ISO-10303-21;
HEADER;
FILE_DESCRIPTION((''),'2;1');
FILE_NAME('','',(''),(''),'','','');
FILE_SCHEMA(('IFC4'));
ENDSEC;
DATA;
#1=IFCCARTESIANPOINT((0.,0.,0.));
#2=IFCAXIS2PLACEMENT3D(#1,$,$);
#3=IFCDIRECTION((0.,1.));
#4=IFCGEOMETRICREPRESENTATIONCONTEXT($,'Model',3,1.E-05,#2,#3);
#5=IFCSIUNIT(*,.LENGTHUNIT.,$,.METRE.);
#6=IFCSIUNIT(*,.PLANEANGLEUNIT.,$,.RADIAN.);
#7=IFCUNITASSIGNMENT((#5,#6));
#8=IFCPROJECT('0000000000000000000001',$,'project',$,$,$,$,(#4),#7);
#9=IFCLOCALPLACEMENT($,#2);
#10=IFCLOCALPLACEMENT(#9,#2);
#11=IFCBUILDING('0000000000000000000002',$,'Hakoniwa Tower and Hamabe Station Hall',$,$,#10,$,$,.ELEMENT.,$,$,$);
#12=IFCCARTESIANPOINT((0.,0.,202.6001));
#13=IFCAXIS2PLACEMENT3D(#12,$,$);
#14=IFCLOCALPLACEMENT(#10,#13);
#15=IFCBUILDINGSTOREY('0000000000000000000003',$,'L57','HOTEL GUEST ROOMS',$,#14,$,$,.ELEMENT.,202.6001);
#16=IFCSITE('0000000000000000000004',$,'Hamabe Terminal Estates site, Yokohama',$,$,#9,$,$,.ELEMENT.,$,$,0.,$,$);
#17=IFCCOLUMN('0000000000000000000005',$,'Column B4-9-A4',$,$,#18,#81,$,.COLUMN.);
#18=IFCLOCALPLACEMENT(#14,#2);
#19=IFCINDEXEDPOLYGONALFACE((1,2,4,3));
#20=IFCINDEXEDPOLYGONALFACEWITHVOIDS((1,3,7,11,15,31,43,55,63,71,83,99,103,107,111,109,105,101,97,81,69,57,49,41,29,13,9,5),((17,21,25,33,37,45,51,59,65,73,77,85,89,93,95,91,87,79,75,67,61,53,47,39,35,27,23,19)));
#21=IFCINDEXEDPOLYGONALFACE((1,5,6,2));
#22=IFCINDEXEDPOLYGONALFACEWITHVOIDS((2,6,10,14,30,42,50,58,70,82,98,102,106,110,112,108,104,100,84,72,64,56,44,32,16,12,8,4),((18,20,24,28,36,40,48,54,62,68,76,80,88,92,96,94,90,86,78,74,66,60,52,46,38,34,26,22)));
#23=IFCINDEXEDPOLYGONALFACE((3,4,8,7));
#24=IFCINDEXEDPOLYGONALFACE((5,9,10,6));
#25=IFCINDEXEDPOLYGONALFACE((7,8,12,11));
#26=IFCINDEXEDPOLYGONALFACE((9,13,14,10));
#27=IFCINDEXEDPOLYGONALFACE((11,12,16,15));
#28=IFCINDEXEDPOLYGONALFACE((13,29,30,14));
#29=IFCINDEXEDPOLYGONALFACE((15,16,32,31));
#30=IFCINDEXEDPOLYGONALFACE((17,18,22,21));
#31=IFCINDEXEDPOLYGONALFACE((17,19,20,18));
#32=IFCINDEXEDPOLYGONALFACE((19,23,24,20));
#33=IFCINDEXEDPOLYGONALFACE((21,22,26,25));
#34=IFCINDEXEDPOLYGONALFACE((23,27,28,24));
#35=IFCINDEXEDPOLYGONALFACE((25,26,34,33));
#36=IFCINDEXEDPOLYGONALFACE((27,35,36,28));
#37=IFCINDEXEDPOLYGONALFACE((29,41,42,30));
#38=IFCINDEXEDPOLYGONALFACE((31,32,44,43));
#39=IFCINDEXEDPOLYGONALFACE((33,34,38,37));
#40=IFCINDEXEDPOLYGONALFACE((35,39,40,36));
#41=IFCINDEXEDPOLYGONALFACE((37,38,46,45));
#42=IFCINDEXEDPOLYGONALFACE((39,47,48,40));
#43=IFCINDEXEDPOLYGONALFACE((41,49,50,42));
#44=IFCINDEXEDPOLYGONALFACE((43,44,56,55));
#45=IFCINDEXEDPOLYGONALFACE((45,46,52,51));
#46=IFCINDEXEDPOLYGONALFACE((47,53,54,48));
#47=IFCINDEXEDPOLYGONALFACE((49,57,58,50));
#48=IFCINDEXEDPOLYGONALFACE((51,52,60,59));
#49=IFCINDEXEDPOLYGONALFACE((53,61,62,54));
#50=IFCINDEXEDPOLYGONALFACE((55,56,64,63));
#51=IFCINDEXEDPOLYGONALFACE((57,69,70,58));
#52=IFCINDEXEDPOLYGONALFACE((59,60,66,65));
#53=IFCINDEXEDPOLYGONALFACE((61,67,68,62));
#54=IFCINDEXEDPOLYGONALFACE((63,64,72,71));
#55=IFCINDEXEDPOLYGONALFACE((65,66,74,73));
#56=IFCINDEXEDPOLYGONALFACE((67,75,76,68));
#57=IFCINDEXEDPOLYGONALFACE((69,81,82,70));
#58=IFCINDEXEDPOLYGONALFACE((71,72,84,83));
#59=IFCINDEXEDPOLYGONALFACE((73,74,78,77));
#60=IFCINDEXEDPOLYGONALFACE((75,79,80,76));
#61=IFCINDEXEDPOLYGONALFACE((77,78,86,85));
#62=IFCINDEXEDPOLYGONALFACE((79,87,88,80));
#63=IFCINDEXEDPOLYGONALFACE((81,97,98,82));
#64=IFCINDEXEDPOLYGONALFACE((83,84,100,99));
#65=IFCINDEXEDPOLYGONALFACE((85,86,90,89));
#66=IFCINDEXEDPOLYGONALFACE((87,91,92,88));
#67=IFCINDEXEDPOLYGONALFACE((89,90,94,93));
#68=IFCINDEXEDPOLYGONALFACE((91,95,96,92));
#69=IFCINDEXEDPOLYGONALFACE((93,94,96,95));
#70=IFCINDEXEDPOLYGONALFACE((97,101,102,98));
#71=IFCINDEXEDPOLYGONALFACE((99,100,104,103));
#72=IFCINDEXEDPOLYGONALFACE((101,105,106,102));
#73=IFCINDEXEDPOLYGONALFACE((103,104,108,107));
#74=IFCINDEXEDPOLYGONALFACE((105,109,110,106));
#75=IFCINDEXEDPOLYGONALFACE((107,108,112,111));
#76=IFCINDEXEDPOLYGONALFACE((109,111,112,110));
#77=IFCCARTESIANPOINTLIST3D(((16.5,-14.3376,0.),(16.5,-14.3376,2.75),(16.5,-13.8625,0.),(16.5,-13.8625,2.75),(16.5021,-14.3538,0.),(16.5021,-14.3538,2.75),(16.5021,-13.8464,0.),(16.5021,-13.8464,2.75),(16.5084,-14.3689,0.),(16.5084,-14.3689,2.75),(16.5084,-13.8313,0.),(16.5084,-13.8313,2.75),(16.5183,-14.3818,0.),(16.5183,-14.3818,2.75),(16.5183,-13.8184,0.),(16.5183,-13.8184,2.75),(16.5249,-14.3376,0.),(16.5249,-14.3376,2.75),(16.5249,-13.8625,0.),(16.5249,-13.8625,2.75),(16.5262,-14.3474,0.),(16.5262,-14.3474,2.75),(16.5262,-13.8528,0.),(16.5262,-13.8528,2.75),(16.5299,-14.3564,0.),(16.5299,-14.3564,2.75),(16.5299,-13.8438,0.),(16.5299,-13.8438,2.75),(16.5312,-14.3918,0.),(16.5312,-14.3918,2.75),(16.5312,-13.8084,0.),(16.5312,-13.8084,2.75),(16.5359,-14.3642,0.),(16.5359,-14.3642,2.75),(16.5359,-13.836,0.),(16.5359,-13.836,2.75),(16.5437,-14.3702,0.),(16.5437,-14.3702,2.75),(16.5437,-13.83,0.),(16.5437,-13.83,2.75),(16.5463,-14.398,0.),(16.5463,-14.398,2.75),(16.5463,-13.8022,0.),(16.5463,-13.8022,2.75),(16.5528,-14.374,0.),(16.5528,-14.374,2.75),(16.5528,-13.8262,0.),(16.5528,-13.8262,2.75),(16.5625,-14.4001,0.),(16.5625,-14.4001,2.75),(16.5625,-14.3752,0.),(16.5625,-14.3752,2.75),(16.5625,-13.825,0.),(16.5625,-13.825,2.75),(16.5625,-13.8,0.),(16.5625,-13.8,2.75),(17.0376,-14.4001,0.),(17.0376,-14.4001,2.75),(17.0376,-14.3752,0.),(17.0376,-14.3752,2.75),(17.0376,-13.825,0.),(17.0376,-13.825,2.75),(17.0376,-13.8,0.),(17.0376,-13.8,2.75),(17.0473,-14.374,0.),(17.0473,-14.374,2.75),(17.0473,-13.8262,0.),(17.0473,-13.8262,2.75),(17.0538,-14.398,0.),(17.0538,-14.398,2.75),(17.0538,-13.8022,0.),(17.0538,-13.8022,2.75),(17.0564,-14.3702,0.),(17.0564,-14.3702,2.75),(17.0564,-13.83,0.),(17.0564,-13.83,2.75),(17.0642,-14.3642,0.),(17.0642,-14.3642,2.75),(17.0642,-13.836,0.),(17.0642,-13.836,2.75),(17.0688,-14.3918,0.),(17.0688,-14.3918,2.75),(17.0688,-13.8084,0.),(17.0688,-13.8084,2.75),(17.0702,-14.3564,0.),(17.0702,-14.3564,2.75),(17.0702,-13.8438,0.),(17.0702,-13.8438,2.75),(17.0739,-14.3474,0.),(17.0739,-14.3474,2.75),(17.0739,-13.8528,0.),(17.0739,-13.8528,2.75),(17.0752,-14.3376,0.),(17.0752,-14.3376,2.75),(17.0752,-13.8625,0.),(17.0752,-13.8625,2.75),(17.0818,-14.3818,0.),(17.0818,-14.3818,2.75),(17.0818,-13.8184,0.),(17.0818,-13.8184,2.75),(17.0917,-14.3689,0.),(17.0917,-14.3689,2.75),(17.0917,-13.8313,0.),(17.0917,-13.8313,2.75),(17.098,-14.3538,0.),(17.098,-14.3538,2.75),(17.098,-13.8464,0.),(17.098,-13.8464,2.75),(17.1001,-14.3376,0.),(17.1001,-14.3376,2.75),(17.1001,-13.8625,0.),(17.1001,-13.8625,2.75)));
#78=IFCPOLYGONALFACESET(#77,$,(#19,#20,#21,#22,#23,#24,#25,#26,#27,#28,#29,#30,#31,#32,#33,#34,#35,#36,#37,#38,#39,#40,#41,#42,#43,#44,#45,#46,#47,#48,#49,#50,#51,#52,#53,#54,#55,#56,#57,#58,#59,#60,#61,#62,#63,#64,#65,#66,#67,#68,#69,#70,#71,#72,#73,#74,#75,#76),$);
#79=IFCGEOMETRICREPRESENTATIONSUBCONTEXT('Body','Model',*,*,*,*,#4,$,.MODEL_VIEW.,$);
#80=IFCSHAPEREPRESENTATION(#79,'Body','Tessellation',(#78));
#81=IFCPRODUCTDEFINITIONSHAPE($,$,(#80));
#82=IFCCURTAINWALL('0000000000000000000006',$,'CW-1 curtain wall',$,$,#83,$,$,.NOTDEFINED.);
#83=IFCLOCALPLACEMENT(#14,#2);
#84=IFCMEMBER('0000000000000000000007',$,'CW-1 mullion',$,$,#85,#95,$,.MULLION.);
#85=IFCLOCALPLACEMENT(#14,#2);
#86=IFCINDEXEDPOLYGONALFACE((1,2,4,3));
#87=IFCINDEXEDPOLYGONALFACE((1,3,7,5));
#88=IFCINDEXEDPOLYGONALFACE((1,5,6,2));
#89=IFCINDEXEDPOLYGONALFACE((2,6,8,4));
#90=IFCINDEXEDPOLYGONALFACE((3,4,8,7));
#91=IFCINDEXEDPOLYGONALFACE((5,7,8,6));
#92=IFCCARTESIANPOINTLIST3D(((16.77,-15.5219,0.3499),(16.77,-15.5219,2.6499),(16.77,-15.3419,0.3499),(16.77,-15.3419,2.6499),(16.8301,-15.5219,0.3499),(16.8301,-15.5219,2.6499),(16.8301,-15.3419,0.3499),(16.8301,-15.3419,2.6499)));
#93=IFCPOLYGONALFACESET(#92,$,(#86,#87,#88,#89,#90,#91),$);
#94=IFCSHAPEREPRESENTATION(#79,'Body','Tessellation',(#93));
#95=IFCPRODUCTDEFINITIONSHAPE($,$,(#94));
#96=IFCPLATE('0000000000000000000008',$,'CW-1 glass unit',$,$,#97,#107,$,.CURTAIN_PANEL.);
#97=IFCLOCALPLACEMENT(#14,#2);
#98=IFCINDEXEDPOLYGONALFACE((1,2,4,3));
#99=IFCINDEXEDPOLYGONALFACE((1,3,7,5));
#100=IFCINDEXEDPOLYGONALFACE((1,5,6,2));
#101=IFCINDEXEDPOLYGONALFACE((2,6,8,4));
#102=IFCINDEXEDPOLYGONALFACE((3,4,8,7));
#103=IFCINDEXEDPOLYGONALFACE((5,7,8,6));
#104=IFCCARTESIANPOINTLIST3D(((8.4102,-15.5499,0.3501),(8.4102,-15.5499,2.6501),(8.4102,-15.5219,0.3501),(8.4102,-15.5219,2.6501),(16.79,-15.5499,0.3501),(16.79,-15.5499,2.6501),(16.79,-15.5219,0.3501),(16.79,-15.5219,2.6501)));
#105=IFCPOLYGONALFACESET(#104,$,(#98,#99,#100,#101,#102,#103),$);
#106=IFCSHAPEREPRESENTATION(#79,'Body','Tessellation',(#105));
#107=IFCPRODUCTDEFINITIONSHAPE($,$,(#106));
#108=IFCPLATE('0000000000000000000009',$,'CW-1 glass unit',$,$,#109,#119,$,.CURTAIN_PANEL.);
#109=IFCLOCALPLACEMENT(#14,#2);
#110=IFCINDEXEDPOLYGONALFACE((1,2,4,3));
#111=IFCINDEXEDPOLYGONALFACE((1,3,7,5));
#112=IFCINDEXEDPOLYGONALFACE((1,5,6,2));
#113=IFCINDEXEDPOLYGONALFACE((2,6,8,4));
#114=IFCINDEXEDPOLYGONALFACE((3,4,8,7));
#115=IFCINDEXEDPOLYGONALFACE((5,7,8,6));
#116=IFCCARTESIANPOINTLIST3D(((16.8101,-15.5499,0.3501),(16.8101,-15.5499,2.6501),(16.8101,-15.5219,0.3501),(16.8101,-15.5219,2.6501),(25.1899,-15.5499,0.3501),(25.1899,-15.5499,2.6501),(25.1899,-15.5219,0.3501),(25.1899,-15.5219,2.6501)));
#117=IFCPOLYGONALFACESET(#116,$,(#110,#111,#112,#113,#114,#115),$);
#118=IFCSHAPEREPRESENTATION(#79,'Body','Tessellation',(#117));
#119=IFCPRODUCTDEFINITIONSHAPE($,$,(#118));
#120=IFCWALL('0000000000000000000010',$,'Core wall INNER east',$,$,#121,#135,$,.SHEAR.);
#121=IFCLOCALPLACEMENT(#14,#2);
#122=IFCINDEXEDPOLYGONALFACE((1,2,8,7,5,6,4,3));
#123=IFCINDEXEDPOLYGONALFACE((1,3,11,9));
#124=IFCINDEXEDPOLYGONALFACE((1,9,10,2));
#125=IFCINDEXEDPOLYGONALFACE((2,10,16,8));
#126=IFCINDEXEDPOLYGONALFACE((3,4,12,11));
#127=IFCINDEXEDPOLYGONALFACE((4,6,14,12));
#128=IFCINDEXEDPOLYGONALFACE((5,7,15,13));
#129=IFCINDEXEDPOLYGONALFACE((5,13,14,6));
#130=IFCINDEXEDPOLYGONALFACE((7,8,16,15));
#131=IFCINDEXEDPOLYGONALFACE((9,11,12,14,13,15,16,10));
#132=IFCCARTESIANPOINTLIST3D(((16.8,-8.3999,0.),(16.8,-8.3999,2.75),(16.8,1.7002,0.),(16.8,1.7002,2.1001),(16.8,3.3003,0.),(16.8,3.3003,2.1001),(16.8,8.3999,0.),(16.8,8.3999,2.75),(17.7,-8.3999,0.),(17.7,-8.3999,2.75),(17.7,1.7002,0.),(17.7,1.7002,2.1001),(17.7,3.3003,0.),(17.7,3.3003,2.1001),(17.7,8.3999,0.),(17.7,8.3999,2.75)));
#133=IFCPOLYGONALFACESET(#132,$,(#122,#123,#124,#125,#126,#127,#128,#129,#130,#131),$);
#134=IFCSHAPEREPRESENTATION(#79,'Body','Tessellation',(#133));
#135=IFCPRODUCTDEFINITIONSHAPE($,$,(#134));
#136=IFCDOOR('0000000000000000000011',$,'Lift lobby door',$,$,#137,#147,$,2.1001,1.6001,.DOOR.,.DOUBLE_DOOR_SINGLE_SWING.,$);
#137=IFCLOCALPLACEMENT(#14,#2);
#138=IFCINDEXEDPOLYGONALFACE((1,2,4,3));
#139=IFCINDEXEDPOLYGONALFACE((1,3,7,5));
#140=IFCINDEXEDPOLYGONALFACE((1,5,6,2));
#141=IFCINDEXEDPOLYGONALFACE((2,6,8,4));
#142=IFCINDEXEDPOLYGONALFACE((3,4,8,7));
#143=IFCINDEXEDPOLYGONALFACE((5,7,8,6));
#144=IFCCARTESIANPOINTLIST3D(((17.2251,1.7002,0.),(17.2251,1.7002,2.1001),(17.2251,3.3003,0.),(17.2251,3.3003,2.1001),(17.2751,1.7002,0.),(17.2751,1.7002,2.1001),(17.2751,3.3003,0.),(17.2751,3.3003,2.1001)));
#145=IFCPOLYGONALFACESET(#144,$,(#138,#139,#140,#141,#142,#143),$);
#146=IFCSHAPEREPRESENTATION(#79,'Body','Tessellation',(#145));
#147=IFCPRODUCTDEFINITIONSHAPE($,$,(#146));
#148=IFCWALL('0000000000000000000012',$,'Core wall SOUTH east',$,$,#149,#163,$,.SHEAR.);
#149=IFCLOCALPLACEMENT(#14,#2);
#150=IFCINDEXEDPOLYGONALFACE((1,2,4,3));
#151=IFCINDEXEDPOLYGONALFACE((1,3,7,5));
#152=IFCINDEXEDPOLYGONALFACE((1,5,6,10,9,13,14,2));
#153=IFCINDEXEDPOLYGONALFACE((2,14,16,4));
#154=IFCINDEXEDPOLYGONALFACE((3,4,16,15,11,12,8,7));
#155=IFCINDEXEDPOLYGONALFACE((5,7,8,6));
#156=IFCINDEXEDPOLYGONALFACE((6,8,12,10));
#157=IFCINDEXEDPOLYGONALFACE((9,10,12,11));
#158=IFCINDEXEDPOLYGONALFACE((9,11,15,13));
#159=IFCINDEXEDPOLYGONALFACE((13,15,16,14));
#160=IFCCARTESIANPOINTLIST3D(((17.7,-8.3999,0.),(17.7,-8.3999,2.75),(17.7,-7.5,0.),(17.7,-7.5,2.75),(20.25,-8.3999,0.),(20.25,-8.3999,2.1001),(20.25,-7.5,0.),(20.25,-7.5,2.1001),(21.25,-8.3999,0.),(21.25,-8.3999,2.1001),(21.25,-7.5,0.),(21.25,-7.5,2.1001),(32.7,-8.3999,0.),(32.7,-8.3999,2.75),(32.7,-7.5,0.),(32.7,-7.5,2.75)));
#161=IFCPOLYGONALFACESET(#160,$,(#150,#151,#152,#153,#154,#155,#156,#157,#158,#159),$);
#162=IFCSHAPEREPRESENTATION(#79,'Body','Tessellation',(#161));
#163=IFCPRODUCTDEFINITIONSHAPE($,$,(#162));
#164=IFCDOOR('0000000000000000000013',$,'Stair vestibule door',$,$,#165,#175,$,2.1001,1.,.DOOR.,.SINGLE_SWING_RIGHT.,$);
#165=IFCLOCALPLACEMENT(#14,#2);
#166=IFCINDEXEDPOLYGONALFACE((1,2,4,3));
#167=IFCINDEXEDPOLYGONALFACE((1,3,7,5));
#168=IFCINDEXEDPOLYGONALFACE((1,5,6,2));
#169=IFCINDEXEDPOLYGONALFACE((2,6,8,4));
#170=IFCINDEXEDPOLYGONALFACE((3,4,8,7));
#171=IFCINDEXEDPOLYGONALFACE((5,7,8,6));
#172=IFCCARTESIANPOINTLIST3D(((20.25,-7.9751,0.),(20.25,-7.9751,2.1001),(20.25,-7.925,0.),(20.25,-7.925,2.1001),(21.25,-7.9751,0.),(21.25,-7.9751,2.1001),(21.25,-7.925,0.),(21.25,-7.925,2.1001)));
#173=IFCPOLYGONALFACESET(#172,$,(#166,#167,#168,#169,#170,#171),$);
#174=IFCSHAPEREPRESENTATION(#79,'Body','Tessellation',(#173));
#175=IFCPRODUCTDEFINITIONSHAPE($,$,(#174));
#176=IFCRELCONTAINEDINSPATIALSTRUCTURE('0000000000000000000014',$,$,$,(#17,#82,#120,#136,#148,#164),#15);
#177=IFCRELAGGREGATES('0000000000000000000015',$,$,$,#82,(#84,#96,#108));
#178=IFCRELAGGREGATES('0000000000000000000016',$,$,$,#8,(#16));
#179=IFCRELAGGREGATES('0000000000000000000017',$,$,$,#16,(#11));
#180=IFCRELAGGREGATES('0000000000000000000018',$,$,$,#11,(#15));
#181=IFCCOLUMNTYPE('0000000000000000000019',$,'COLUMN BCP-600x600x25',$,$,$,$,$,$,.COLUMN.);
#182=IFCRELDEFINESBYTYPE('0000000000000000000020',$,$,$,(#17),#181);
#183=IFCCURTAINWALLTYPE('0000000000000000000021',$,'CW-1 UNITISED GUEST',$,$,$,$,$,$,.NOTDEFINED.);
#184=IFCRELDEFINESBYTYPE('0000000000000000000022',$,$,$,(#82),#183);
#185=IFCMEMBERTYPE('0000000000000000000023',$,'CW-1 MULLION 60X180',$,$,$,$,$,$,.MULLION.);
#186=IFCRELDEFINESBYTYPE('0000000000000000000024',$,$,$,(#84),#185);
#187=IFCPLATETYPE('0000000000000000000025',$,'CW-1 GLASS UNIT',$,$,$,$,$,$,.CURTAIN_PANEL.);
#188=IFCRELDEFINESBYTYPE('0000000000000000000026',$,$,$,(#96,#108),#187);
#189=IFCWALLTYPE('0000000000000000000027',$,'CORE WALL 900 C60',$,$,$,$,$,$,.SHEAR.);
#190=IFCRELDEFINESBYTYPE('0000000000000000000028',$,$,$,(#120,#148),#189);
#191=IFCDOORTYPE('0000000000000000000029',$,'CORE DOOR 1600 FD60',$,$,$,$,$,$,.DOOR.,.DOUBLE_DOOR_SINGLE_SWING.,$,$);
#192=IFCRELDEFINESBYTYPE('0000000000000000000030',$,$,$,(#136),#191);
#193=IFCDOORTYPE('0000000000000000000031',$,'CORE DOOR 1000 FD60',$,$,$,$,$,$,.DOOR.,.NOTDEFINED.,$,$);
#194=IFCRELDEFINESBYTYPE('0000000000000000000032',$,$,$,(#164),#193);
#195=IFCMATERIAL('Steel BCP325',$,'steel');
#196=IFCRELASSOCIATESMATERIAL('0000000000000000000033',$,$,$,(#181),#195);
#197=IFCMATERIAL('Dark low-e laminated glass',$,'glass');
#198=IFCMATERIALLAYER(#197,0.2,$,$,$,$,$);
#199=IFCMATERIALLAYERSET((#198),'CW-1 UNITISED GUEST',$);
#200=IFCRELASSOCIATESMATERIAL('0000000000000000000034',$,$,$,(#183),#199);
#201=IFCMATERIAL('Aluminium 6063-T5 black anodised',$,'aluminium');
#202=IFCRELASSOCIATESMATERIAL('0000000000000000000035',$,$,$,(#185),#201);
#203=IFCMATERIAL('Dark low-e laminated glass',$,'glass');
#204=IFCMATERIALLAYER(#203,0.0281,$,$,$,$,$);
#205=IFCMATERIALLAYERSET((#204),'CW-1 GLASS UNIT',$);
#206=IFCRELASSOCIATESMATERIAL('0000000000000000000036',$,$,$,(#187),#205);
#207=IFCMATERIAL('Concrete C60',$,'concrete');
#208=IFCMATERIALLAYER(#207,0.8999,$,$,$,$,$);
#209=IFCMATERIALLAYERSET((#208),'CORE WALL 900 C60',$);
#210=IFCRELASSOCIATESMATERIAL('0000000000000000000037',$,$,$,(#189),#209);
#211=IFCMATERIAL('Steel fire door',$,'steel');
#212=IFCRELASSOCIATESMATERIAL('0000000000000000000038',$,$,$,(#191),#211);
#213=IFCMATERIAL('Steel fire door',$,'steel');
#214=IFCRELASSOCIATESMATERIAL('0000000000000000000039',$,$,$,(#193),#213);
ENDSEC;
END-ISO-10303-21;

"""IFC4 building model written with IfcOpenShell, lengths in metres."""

from ifc_helpers import new_model, si_unit, direction, frame, frame_2d, origin, origin_2d, place, context, subcontext, project, spatial, rectangle, hollow_rectangle, extrude, material, layer, layer_set, material_profile, profile_set, type_object, element, fill, aggregate, save


model = new_model("IFC4")

# Units and contexts
model_context = context("Model", 3, precision=1e-05, world=origin(), true_north=direction((0.0, 1.0)))
body_context = subcontext(model_context, "Body", "Model", "MODEL_VIEW")
ifc_project = project(units=[si_unit("LENGTHUNIT", "METRE"), si_unit("PLANEANGLEUNIT", "RADIAN")], contexts=[model_context])

# Site, building, storey
site_placement = place(None, origin())
site = spatial("IfcSite", under=ifc_project, at=site_placement, Name="Hamabe Terminal Estates site, Yokohama", CompositionType="ELEMENT", RefElevation=0.0)
building_placement = place(site_placement, origin())
building = spatial("IfcBuilding", under=site, at=building_placement, Name="Hakoniwa Tower and Hamabe Station Hall", CompositionType="ELEMENT")
storey_placement = place(building_placement, frame((0.0, 0.0, 202.6001)))
storey = spatial("IfcBuildingStorey", under=building, at=storey_placement, Name="L57", Description="HOTEL GUEST ROOMS", CompositionType="ELEMENT", Elevation=202.6001)

# Column
ifc_material_1 = material(Name="Steel BCP325", Category="steel")
ifc_material_profile_1 = material_profile(ifc_material_1, hollow_rectangle(XDim=0.6001, YDim=0.6001, WallThickness=0.0249, InnerFilletRadius=0.0376, OuterFilletRadius=0.0625, at=origin_2d()), Name="BCP-600x600x25")
ifc_profile_set_1 = profile_set([ifc_material_profile_1], Name="Steel BCP325")
column_type = type_object("IfcColumnType", Name="COLUMN BCP-600x600x25", PredefinedType="COLUMN", material=ifc_profile_set_1)
column_placement = place(storey_placement, frame((16.8, -14.1001, 0.0), z_axis=(0.0, 0.0, 1.0), x_axis=(1.0, 0.0, 0.0)))
element("IfcColumn", 1, at=column_placement, inside=storey, type_object=column_type, Name="Column B4-9-A4", PredefinedType="COLUMN", context=body_context, shape_type="SweptSolid", body=[
    extrude(hollow_rectangle(XDim=0.6001, YDim=0.6001, WallThickness=0.0249, InnerFilletRadius=0.0376, OuterFilletRadius=0.0625, at=origin_2d()), origin(), (0.0, 0.0, 1.0), 2.75),
])

# Curtain wall, member, plates
ifc_material_2 = material(Name="Dark low-e laminated glass", Category="glass")
ifc_layer_1 = layer(ifc_material_2, 0.2)
ifc_layer_set_1 = layer_set([ifc_layer_1], Name="CW-1 UNITISED GUEST")
curtain_wall_type = type_object("IfcCurtainWallType", Name="CW-1 UNITISED GUEST", PredefinedType="NOTDEFINED", material=ifc_layer_set_1)
curtain_wall_placement = place(storey_placement, origin())
curtain_wall = element("IfcCurtainWall", 2, at=curtain_wall_placement, inside=storey, type_object=curtain_wall_type, Name="CW-1 curtain wall", PredefinedType="NOTDEFINED")
ifc_material_3 = material(Name="Aluminium 6063-T5 black anodised", Category="aluminium")
ifc_material_profile_2 = material_profile(ifc_material_3, rectangle(XDim=0.0601, YDim=0.1799, at=origin_2d()), Name="CW-1 MULLION 60X180")
ifc_profile_set_2 = profile_set([ifc_material_profile_2], Name="Aluminium 6063-T5 black anodised")
member_type = type_object("IfcMemberType", Name="CW-1 MULLION 60X180", PredefinedType="MULLION", material=ifc_profile_set_2)
member_placement = place(storey_placement, frame((16.8, -15.4319, 0.3499), z_axis=(0.0, 0.0, 1.0), x_axis=(1.0, 0.0, 0.0)))
member = element("IfcMember", 3, at=member_placement, type_object=member_type, Name="CW-1 mullion", PredefinedType="MULLION", context=body_context, shape_type="SweptSolid", body=[
    extrude(rectangle(XDim=0.0601, YDim=0.1799, at=origin_2d()), origin(), (0.0, 0.0, 1.0), 2.3),
])
ifc_material_4 = material(Name="Dark low-e laminated glass", Category="glass")
ifc_layer_2 = layer(ifc_material_4, 0.0281)
ifc_layer_set_2 = layer_set([ifc_layer_2], Name="CW-1 GLASS UNIT")
plate_type = type_object("IfcPlateType", Name="CW-1 GLASS UNIT", PredefinedType="CURTAIN_PANEL", material=ifc_layer_set_2)
plate_1_placement = place(storey_placement, frame((12.6001, -15.5359, 0.3501), z_axis=(0.0, 0.0, 1.0), x_axis=(1.0, 0.0, 0.0)))
plate_1 = element("IfcPlate", 4, at=plate_1_placement, type_object=plate_type, Name="CW-1 glass unit", PredefinedType="CURTAIN_PANEL", context=body_context, shape_type="SweptSolid", body=[
    extrude(rectangle(XDim=8.3799, YDim=0.0281, at=origin_2d()), origin(), (0.0, 0.0, 1.0), 2.3),
])
plate_2_placement = place(storey_placement, frame((21.0, -15.5359, 0.3501), z_axis=(0.0, 0.0, 1.0), x_axis=(1.0, 0.0, 0.0)))
plate_2 = element("IfcPlate", 5, at=plate_2_placement, type_object=plate_type, Name="CW-1 glass unit", PredefinedType="CURTAIN_PANEL", context=body_context, shape_type="SweptSolid", body=[
    extrude(rectangle(XDim=8.3799, YDim=0.0281, at=origin_2d()), origin(), (0.0, 0.0, 1.0), 2.3),
])
aggregate(curtain_wall, [member, plate_1, plate_2])

# Walls, openings, doors
ifc_material_5 = material(Name="Concrete C60", Category="concrete")
ifc_layer_3 = layer(ifc_material_5, 0.8999)
ifc_layer_set_3 = layer_set([ifc_layer_3], Name="CORE WALL 900 C60")
wall_type_1 = type_object("IfcWallType", Name="CORE WALL 900 C60", PredefinedType="SHEAR", material=ifc_layer_set_3)
wall_1_placement = place(storey_placement, frame((17.25, -8.3999, 0.0), z_axis=(0.0, 0.0, 1.0), x_axis=(0.0, 1.0, 0.0)))
wall_1 = element("IfcWall", 6, at=wall_1_placement, inside=storey, type_object=wall_type_1, Name="Core wall INNER east", PredefinedType="SHEAR", context=body_context, shape_type="SweptSolid", body=[
    extrude(rectangle(XDim=16.7998, YDim=0.8999, at=frame_2d((8.3999, 0.0))), origin(), (0.0, 0.0, 1.0), 2.75),
])
opening_1_placement = place(wall_1_placement, frame((10.1001, 0.0, 0.0)))
opening_1 = element("IfcOpeningElement", 7, at=opening_1_placement, cuts=wall_1, PredefinedType="OPENING", context=body_context, shape_type="SweptSolid", body=[
    extrude(rectangle(XDim=1.6001, YDim=2.1001, at=frame_2d((0.8, 1.05))), frame((0.0, 0.46, 0.0), z_axis=(0.0, -1.0, 0.0), x_axis=(1.0, 0.0, 0.0)), (0.0, 0.0, 1.0), 0.9199),
])
ifc_material_6 = material(Name="Steel fire door", Category="steel")
door_type_1 = type_object("IfcDoorType", Name="CORE DOOR 1600 FD60", OperationType="DOUBLE_DOOR_SINGLE_SWING", PredefinedType="DOOR", material=ifc_material_6)
door_1_placement = place(opening_1_placement, origin())
door_1 = element("IfcDoor", 8, at=door_1_placement, inside=storey, type_object=door_type_1, Name="Lift lobby door", OperationType="DOUBLE_DOOR_SINGLE_SWING", OverallHeight=2.1001, OverallWidth=1.6001, PredefinedType="DOOR", context=body_context, shape_type="SweptSolid", body=[
    extrude(rectangle(XDim=1.6001, YDim=2.1001, at=frame_2d((0.8, 1.05))), frame((0.0, 0.0249, 0.0), z_axis=(0.0, -1.0, 0.0), x_axis=(1.0, 0.0, 0.0)), (0.0, 0.0, 1.0), 0.05),
])
fill(opening_1, door_1)
wall_2_placement = place(storey_placement, frame((17.7, -7.95, 0.0), z_axis=(0.0, 0.0, 1.0), x_axis=(1.0, 0.0, 0.0)))
wall_2 = element("IfcWall", 9, at=wall_2_placement, inside=storey, type_object=wall_type_1, Name="Core wall SOUTH east", PredefinedType="SHEAR", context=body_context, shape_type="SweptSolid", body=[
    extrude(rectangle(XDim=15.0, YDim=0.8999, at=frame_2d((7.5, 0.0))), origin(), (0.0, 0.0, 1.0), 2.75),
])
opening_2_placement = place(wall_2_placement, frame((2.55, 0.0, 0.0)))
opening_2 = element("IfcOpeningElement", 10, at=opening_2_placement, cuts=wall_2, PredefinedType="OPENING", context=body_context, shape_type="SweptSolid", body=[
    extrude(rectangle(XDim=1.0, YDim=2.1001, at=frame_2d((0.5, 1.05))), frame((0.0, 0.46, 0.0), z_axis=(0.0, -1.0, 0.0), x_axis=(1.0, 0.0, 0.0)), (0.0, 0.0, 1.0), 0.9199),
])
ifc_material_7 = material(Name="Steel fire door", Category="steel")
door_type_2 = type_object("IfcDoorType", Name="CORE DOOR 1000 FD60", OperationType="NOTDEFINED", PredefinedType="DOOR", material=ifc_material_7)
door_2_placement = place(opening_2_placement, origin())
door_2 = element("IfcDoor", 11, at=door_2_placement, inside=storey, type_object=door_type_2, Name="Stair vestibule door", OperationType="SINGLE_SWING_RIGHT", OverallHeight=2.1001, OverallWidth=1.0, PredefinedType="DOOR", context=body_context, shape_type="SweptSolid", body=[
    extrude(rectangle(XDim=1.0, YDim=2.1001, at=frame_2d((0.5, 1.05))), frame((0.0, 0.0249, 0.0), z_axis=(0.0, -1.0, 0.0), x_axis=(1.0, 0.0, 0.0)), (0.0, 0.0, 1.0), 0.05),
])
fill(opening_2, door_2)

save(model, "model.ifc")
